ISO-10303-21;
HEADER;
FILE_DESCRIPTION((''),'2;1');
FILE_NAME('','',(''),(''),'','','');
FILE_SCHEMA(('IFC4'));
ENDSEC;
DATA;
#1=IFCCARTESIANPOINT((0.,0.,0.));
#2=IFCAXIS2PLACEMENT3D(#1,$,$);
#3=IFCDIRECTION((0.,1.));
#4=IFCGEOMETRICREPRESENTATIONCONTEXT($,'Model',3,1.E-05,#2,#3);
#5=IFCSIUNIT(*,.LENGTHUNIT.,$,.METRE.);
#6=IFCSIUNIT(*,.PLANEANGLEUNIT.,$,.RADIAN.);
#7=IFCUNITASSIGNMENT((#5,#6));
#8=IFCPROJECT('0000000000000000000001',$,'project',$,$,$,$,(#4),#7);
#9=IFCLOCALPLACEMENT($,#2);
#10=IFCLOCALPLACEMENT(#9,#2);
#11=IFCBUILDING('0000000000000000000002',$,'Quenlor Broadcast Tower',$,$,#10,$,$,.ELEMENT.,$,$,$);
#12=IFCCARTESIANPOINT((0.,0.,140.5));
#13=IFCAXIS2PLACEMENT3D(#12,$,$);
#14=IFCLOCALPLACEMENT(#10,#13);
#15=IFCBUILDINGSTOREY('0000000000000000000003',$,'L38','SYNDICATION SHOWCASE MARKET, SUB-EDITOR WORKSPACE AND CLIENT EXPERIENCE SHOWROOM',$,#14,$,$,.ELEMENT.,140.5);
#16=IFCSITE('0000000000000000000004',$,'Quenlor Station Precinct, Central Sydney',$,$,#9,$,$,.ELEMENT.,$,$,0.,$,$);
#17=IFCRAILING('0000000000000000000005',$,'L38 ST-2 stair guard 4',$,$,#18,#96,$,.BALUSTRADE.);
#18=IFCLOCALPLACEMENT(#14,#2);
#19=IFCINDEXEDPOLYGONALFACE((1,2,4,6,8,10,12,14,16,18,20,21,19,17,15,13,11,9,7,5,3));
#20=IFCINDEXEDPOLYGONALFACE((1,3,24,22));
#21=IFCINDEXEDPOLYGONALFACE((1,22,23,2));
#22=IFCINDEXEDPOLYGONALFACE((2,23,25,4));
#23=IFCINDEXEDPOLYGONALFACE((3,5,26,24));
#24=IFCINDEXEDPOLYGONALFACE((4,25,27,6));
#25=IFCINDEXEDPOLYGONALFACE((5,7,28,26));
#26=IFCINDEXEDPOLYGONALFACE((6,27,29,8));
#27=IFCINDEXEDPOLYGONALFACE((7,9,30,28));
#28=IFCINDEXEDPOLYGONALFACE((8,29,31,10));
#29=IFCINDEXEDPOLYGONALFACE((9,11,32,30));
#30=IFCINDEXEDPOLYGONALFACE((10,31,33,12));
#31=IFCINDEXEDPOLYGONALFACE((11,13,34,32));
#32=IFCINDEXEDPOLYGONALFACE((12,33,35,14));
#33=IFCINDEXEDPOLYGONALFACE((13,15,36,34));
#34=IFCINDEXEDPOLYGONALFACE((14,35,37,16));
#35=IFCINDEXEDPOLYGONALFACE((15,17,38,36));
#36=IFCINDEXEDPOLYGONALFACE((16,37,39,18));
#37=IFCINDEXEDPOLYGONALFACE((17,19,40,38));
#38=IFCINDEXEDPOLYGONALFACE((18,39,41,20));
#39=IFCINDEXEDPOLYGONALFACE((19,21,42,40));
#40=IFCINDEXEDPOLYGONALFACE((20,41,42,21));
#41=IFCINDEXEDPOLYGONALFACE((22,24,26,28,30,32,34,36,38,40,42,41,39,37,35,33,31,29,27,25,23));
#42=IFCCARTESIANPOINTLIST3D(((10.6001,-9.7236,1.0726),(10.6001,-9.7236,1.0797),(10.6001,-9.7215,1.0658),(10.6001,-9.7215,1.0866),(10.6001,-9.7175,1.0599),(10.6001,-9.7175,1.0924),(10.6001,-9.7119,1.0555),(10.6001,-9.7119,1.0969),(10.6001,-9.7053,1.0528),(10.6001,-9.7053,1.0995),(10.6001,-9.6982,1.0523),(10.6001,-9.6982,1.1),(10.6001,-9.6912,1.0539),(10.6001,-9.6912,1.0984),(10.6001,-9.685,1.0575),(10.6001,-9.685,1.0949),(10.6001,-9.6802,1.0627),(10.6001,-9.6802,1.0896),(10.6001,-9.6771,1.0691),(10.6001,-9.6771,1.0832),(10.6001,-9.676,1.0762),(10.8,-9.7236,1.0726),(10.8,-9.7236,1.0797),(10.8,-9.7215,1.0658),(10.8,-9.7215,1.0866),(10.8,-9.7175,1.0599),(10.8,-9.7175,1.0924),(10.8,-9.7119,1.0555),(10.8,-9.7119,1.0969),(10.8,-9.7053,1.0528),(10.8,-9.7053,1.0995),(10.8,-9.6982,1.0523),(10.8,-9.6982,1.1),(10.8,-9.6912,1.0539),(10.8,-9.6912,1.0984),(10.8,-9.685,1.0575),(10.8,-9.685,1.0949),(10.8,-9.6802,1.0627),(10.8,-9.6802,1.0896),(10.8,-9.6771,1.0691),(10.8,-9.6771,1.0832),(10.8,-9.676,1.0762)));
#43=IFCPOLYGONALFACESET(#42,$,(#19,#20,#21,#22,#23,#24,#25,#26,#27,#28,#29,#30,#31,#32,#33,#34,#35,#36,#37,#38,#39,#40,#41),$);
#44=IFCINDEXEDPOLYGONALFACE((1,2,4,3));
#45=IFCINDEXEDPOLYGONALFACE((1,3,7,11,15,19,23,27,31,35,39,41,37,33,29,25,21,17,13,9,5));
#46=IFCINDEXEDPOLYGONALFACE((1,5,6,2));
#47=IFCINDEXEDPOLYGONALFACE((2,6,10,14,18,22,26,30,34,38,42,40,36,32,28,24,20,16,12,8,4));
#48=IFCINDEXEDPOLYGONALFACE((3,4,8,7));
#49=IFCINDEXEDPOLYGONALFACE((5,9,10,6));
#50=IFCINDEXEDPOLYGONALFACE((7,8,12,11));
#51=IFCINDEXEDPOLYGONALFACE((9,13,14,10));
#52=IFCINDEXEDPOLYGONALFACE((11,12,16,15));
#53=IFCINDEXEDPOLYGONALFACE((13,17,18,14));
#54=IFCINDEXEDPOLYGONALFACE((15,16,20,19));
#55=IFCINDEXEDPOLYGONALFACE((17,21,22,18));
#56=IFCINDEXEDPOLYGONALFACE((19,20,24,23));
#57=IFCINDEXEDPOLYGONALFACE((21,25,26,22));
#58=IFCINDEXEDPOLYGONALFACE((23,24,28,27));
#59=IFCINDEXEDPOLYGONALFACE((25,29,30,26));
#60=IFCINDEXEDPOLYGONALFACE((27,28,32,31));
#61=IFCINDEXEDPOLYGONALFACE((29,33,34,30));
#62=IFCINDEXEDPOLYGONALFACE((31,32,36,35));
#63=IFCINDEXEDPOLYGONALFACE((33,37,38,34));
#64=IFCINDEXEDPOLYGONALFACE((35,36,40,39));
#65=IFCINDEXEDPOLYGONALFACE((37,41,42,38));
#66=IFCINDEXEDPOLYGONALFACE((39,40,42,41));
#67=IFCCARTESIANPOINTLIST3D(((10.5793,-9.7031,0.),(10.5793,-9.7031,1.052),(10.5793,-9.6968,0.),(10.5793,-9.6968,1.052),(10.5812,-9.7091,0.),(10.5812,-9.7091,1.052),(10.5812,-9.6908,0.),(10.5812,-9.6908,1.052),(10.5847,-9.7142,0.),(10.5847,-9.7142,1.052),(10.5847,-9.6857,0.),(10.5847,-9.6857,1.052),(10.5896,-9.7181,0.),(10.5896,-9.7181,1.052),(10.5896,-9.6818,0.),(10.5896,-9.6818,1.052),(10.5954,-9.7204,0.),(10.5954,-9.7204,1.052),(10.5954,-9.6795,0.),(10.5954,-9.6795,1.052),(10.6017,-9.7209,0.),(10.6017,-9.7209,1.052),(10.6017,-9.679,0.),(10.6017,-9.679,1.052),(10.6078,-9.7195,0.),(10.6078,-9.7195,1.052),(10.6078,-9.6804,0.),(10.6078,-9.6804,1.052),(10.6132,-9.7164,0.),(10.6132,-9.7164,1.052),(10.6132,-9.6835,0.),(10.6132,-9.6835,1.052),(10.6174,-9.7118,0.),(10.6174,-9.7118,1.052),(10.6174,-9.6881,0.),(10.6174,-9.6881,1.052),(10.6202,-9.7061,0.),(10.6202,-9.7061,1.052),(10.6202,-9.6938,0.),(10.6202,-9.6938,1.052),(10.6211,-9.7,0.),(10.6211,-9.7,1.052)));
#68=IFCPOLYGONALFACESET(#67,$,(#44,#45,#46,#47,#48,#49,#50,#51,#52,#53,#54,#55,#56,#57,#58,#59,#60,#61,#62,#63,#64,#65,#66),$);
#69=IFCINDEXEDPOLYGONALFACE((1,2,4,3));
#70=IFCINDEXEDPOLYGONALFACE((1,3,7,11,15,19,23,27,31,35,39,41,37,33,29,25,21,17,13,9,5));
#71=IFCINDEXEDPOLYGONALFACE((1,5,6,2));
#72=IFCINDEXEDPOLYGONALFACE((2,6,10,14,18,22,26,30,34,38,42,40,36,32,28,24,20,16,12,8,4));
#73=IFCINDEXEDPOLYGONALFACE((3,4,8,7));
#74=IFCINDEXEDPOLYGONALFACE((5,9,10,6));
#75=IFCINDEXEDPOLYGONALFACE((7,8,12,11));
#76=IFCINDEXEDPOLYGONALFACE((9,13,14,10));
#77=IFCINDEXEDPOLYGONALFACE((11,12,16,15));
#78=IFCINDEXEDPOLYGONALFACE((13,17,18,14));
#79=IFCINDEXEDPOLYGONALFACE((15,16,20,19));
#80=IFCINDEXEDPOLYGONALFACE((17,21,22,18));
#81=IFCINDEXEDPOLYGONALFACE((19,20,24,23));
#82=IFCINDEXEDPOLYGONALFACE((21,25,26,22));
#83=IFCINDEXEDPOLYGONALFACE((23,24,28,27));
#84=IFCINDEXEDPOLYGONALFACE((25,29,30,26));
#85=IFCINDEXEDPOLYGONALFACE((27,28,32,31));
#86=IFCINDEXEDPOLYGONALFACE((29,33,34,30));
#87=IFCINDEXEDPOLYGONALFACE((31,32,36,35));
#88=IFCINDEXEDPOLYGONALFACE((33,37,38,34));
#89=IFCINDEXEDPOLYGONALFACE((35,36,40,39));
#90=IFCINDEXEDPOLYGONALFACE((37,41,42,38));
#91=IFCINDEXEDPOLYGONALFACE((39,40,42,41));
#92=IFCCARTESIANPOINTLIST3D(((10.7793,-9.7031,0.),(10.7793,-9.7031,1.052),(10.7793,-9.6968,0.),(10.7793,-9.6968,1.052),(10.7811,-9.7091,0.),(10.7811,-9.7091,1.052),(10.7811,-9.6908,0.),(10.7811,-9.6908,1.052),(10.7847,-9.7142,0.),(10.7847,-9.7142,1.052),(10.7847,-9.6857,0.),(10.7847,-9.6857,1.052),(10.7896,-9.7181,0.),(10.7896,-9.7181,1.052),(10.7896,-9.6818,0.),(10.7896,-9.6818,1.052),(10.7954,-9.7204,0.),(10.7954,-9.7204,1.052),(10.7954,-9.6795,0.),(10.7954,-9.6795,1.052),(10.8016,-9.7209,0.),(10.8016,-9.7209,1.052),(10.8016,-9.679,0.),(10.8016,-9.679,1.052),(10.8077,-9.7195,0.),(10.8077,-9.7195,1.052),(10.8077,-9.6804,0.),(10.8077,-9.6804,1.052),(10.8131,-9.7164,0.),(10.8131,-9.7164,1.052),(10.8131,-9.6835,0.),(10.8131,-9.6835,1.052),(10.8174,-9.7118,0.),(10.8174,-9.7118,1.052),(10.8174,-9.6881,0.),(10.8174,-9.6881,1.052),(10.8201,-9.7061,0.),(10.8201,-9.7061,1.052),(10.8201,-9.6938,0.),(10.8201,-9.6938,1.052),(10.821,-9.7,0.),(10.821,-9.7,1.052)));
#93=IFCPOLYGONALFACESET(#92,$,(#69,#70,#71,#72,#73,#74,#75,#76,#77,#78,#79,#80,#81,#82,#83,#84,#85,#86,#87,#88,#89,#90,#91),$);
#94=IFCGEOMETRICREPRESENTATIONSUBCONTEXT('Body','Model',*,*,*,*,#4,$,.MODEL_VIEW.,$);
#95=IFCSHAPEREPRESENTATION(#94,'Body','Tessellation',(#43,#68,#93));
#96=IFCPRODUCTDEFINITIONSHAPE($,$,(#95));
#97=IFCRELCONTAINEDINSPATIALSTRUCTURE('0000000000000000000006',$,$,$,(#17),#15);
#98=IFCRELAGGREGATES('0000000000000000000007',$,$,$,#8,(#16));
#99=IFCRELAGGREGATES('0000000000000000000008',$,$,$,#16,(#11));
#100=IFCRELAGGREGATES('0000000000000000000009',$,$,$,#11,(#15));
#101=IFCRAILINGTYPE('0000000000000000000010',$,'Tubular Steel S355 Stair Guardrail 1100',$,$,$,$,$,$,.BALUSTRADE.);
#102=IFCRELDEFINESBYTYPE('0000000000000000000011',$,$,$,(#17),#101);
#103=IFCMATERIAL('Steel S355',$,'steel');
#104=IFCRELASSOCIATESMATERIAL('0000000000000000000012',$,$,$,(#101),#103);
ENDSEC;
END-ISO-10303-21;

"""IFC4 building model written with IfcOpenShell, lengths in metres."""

from ifc_helpers import new_model, si_unit, direction, frame, origin, origin_2d, place, context, subcontext, project, spatial, circle, extrude, material, type_object, element, save


model = new_model("IFC4")

# Units and contexts
model_context = context("Model", 3, precision=1e-05, world=origin(), true_north=direction((0.0, 1.0)))
body_context = subcontext(model_context, "Body", "Model", "MODEL_VIEW")
ifc_project = project(units=[si_unit("LENGTHUNIT", "METRE"), si_unit("PLANEANGLEUNIT", "RADIAN")], contexts=[model_context])

# Site, building, storey
site_placement = place(None, origin())
site = spatial("IfcSite", under=ifc_project, at=site_placement, Name="Quenlor Station Precinct, Central Sydney", CompositionType="ELEMENT", RefElevation=0.0)
building_placement = place(site_placement, origin())
building = spatial("IfcBuilding", under=site, at=building_placement, Name="Quenlor Broadcast Tower", CompositionType="ELEMENT")
storey_placement = place(building_placement, frame((0.0, 0.0, 140.5)))
storey = spatial("IfcBuildingStorey", under=building, at=storey_placement, Name="L38", Description="SYNDICATION SHOWCASE MARKET, SUB-EDITOR WORKSPACE AND CLIENT EXPERIENCE SHOWROOM", CompositionType="ELEMENT", Elevation=140.5)

# Railing
ifc_material_1 = material(Name="Steel S355", Category="steel")
railing_type_1 = type_object("IfcRailingType", Name="Tubular Steel S355 Stair Guardrail 1100", PredefinedType="BALUSTRADE", material=ifc_material_1)
railing_1_placement = place(storey_placement, frame((10.6001, -9.7, 0.0)))
element("IfcRailing", 1, at=railing_1_placement, inside=storey, type_object=railing_type_1, Name="L38 ST-2 stair guard 4", PredefinedType="BALUSTRADE", context=body_context, shape_type="SweptSolid", body=[
    extrude(circle(Radius=0.0239, at=origin_2d()), frame((0.0, 0.0, 1.0762), z_axis=(1.0, 0.0, 0.0), x_axis=(0.0, 1.0, 0.0)), (0.0, 0.0, 1.0), 0.2),
    extrude(circle(Radius=0.021, at=origin_2d()), origin(), (0.0, 0.0, 1.0), 1.052),
    extrude(circle(Radius=0.021, at=origin_2d()), frame((0.2, 0.0, 0.0)), (0.0, 0.0, 1.0), 1.052),
])

save(model, "model.ifc")
